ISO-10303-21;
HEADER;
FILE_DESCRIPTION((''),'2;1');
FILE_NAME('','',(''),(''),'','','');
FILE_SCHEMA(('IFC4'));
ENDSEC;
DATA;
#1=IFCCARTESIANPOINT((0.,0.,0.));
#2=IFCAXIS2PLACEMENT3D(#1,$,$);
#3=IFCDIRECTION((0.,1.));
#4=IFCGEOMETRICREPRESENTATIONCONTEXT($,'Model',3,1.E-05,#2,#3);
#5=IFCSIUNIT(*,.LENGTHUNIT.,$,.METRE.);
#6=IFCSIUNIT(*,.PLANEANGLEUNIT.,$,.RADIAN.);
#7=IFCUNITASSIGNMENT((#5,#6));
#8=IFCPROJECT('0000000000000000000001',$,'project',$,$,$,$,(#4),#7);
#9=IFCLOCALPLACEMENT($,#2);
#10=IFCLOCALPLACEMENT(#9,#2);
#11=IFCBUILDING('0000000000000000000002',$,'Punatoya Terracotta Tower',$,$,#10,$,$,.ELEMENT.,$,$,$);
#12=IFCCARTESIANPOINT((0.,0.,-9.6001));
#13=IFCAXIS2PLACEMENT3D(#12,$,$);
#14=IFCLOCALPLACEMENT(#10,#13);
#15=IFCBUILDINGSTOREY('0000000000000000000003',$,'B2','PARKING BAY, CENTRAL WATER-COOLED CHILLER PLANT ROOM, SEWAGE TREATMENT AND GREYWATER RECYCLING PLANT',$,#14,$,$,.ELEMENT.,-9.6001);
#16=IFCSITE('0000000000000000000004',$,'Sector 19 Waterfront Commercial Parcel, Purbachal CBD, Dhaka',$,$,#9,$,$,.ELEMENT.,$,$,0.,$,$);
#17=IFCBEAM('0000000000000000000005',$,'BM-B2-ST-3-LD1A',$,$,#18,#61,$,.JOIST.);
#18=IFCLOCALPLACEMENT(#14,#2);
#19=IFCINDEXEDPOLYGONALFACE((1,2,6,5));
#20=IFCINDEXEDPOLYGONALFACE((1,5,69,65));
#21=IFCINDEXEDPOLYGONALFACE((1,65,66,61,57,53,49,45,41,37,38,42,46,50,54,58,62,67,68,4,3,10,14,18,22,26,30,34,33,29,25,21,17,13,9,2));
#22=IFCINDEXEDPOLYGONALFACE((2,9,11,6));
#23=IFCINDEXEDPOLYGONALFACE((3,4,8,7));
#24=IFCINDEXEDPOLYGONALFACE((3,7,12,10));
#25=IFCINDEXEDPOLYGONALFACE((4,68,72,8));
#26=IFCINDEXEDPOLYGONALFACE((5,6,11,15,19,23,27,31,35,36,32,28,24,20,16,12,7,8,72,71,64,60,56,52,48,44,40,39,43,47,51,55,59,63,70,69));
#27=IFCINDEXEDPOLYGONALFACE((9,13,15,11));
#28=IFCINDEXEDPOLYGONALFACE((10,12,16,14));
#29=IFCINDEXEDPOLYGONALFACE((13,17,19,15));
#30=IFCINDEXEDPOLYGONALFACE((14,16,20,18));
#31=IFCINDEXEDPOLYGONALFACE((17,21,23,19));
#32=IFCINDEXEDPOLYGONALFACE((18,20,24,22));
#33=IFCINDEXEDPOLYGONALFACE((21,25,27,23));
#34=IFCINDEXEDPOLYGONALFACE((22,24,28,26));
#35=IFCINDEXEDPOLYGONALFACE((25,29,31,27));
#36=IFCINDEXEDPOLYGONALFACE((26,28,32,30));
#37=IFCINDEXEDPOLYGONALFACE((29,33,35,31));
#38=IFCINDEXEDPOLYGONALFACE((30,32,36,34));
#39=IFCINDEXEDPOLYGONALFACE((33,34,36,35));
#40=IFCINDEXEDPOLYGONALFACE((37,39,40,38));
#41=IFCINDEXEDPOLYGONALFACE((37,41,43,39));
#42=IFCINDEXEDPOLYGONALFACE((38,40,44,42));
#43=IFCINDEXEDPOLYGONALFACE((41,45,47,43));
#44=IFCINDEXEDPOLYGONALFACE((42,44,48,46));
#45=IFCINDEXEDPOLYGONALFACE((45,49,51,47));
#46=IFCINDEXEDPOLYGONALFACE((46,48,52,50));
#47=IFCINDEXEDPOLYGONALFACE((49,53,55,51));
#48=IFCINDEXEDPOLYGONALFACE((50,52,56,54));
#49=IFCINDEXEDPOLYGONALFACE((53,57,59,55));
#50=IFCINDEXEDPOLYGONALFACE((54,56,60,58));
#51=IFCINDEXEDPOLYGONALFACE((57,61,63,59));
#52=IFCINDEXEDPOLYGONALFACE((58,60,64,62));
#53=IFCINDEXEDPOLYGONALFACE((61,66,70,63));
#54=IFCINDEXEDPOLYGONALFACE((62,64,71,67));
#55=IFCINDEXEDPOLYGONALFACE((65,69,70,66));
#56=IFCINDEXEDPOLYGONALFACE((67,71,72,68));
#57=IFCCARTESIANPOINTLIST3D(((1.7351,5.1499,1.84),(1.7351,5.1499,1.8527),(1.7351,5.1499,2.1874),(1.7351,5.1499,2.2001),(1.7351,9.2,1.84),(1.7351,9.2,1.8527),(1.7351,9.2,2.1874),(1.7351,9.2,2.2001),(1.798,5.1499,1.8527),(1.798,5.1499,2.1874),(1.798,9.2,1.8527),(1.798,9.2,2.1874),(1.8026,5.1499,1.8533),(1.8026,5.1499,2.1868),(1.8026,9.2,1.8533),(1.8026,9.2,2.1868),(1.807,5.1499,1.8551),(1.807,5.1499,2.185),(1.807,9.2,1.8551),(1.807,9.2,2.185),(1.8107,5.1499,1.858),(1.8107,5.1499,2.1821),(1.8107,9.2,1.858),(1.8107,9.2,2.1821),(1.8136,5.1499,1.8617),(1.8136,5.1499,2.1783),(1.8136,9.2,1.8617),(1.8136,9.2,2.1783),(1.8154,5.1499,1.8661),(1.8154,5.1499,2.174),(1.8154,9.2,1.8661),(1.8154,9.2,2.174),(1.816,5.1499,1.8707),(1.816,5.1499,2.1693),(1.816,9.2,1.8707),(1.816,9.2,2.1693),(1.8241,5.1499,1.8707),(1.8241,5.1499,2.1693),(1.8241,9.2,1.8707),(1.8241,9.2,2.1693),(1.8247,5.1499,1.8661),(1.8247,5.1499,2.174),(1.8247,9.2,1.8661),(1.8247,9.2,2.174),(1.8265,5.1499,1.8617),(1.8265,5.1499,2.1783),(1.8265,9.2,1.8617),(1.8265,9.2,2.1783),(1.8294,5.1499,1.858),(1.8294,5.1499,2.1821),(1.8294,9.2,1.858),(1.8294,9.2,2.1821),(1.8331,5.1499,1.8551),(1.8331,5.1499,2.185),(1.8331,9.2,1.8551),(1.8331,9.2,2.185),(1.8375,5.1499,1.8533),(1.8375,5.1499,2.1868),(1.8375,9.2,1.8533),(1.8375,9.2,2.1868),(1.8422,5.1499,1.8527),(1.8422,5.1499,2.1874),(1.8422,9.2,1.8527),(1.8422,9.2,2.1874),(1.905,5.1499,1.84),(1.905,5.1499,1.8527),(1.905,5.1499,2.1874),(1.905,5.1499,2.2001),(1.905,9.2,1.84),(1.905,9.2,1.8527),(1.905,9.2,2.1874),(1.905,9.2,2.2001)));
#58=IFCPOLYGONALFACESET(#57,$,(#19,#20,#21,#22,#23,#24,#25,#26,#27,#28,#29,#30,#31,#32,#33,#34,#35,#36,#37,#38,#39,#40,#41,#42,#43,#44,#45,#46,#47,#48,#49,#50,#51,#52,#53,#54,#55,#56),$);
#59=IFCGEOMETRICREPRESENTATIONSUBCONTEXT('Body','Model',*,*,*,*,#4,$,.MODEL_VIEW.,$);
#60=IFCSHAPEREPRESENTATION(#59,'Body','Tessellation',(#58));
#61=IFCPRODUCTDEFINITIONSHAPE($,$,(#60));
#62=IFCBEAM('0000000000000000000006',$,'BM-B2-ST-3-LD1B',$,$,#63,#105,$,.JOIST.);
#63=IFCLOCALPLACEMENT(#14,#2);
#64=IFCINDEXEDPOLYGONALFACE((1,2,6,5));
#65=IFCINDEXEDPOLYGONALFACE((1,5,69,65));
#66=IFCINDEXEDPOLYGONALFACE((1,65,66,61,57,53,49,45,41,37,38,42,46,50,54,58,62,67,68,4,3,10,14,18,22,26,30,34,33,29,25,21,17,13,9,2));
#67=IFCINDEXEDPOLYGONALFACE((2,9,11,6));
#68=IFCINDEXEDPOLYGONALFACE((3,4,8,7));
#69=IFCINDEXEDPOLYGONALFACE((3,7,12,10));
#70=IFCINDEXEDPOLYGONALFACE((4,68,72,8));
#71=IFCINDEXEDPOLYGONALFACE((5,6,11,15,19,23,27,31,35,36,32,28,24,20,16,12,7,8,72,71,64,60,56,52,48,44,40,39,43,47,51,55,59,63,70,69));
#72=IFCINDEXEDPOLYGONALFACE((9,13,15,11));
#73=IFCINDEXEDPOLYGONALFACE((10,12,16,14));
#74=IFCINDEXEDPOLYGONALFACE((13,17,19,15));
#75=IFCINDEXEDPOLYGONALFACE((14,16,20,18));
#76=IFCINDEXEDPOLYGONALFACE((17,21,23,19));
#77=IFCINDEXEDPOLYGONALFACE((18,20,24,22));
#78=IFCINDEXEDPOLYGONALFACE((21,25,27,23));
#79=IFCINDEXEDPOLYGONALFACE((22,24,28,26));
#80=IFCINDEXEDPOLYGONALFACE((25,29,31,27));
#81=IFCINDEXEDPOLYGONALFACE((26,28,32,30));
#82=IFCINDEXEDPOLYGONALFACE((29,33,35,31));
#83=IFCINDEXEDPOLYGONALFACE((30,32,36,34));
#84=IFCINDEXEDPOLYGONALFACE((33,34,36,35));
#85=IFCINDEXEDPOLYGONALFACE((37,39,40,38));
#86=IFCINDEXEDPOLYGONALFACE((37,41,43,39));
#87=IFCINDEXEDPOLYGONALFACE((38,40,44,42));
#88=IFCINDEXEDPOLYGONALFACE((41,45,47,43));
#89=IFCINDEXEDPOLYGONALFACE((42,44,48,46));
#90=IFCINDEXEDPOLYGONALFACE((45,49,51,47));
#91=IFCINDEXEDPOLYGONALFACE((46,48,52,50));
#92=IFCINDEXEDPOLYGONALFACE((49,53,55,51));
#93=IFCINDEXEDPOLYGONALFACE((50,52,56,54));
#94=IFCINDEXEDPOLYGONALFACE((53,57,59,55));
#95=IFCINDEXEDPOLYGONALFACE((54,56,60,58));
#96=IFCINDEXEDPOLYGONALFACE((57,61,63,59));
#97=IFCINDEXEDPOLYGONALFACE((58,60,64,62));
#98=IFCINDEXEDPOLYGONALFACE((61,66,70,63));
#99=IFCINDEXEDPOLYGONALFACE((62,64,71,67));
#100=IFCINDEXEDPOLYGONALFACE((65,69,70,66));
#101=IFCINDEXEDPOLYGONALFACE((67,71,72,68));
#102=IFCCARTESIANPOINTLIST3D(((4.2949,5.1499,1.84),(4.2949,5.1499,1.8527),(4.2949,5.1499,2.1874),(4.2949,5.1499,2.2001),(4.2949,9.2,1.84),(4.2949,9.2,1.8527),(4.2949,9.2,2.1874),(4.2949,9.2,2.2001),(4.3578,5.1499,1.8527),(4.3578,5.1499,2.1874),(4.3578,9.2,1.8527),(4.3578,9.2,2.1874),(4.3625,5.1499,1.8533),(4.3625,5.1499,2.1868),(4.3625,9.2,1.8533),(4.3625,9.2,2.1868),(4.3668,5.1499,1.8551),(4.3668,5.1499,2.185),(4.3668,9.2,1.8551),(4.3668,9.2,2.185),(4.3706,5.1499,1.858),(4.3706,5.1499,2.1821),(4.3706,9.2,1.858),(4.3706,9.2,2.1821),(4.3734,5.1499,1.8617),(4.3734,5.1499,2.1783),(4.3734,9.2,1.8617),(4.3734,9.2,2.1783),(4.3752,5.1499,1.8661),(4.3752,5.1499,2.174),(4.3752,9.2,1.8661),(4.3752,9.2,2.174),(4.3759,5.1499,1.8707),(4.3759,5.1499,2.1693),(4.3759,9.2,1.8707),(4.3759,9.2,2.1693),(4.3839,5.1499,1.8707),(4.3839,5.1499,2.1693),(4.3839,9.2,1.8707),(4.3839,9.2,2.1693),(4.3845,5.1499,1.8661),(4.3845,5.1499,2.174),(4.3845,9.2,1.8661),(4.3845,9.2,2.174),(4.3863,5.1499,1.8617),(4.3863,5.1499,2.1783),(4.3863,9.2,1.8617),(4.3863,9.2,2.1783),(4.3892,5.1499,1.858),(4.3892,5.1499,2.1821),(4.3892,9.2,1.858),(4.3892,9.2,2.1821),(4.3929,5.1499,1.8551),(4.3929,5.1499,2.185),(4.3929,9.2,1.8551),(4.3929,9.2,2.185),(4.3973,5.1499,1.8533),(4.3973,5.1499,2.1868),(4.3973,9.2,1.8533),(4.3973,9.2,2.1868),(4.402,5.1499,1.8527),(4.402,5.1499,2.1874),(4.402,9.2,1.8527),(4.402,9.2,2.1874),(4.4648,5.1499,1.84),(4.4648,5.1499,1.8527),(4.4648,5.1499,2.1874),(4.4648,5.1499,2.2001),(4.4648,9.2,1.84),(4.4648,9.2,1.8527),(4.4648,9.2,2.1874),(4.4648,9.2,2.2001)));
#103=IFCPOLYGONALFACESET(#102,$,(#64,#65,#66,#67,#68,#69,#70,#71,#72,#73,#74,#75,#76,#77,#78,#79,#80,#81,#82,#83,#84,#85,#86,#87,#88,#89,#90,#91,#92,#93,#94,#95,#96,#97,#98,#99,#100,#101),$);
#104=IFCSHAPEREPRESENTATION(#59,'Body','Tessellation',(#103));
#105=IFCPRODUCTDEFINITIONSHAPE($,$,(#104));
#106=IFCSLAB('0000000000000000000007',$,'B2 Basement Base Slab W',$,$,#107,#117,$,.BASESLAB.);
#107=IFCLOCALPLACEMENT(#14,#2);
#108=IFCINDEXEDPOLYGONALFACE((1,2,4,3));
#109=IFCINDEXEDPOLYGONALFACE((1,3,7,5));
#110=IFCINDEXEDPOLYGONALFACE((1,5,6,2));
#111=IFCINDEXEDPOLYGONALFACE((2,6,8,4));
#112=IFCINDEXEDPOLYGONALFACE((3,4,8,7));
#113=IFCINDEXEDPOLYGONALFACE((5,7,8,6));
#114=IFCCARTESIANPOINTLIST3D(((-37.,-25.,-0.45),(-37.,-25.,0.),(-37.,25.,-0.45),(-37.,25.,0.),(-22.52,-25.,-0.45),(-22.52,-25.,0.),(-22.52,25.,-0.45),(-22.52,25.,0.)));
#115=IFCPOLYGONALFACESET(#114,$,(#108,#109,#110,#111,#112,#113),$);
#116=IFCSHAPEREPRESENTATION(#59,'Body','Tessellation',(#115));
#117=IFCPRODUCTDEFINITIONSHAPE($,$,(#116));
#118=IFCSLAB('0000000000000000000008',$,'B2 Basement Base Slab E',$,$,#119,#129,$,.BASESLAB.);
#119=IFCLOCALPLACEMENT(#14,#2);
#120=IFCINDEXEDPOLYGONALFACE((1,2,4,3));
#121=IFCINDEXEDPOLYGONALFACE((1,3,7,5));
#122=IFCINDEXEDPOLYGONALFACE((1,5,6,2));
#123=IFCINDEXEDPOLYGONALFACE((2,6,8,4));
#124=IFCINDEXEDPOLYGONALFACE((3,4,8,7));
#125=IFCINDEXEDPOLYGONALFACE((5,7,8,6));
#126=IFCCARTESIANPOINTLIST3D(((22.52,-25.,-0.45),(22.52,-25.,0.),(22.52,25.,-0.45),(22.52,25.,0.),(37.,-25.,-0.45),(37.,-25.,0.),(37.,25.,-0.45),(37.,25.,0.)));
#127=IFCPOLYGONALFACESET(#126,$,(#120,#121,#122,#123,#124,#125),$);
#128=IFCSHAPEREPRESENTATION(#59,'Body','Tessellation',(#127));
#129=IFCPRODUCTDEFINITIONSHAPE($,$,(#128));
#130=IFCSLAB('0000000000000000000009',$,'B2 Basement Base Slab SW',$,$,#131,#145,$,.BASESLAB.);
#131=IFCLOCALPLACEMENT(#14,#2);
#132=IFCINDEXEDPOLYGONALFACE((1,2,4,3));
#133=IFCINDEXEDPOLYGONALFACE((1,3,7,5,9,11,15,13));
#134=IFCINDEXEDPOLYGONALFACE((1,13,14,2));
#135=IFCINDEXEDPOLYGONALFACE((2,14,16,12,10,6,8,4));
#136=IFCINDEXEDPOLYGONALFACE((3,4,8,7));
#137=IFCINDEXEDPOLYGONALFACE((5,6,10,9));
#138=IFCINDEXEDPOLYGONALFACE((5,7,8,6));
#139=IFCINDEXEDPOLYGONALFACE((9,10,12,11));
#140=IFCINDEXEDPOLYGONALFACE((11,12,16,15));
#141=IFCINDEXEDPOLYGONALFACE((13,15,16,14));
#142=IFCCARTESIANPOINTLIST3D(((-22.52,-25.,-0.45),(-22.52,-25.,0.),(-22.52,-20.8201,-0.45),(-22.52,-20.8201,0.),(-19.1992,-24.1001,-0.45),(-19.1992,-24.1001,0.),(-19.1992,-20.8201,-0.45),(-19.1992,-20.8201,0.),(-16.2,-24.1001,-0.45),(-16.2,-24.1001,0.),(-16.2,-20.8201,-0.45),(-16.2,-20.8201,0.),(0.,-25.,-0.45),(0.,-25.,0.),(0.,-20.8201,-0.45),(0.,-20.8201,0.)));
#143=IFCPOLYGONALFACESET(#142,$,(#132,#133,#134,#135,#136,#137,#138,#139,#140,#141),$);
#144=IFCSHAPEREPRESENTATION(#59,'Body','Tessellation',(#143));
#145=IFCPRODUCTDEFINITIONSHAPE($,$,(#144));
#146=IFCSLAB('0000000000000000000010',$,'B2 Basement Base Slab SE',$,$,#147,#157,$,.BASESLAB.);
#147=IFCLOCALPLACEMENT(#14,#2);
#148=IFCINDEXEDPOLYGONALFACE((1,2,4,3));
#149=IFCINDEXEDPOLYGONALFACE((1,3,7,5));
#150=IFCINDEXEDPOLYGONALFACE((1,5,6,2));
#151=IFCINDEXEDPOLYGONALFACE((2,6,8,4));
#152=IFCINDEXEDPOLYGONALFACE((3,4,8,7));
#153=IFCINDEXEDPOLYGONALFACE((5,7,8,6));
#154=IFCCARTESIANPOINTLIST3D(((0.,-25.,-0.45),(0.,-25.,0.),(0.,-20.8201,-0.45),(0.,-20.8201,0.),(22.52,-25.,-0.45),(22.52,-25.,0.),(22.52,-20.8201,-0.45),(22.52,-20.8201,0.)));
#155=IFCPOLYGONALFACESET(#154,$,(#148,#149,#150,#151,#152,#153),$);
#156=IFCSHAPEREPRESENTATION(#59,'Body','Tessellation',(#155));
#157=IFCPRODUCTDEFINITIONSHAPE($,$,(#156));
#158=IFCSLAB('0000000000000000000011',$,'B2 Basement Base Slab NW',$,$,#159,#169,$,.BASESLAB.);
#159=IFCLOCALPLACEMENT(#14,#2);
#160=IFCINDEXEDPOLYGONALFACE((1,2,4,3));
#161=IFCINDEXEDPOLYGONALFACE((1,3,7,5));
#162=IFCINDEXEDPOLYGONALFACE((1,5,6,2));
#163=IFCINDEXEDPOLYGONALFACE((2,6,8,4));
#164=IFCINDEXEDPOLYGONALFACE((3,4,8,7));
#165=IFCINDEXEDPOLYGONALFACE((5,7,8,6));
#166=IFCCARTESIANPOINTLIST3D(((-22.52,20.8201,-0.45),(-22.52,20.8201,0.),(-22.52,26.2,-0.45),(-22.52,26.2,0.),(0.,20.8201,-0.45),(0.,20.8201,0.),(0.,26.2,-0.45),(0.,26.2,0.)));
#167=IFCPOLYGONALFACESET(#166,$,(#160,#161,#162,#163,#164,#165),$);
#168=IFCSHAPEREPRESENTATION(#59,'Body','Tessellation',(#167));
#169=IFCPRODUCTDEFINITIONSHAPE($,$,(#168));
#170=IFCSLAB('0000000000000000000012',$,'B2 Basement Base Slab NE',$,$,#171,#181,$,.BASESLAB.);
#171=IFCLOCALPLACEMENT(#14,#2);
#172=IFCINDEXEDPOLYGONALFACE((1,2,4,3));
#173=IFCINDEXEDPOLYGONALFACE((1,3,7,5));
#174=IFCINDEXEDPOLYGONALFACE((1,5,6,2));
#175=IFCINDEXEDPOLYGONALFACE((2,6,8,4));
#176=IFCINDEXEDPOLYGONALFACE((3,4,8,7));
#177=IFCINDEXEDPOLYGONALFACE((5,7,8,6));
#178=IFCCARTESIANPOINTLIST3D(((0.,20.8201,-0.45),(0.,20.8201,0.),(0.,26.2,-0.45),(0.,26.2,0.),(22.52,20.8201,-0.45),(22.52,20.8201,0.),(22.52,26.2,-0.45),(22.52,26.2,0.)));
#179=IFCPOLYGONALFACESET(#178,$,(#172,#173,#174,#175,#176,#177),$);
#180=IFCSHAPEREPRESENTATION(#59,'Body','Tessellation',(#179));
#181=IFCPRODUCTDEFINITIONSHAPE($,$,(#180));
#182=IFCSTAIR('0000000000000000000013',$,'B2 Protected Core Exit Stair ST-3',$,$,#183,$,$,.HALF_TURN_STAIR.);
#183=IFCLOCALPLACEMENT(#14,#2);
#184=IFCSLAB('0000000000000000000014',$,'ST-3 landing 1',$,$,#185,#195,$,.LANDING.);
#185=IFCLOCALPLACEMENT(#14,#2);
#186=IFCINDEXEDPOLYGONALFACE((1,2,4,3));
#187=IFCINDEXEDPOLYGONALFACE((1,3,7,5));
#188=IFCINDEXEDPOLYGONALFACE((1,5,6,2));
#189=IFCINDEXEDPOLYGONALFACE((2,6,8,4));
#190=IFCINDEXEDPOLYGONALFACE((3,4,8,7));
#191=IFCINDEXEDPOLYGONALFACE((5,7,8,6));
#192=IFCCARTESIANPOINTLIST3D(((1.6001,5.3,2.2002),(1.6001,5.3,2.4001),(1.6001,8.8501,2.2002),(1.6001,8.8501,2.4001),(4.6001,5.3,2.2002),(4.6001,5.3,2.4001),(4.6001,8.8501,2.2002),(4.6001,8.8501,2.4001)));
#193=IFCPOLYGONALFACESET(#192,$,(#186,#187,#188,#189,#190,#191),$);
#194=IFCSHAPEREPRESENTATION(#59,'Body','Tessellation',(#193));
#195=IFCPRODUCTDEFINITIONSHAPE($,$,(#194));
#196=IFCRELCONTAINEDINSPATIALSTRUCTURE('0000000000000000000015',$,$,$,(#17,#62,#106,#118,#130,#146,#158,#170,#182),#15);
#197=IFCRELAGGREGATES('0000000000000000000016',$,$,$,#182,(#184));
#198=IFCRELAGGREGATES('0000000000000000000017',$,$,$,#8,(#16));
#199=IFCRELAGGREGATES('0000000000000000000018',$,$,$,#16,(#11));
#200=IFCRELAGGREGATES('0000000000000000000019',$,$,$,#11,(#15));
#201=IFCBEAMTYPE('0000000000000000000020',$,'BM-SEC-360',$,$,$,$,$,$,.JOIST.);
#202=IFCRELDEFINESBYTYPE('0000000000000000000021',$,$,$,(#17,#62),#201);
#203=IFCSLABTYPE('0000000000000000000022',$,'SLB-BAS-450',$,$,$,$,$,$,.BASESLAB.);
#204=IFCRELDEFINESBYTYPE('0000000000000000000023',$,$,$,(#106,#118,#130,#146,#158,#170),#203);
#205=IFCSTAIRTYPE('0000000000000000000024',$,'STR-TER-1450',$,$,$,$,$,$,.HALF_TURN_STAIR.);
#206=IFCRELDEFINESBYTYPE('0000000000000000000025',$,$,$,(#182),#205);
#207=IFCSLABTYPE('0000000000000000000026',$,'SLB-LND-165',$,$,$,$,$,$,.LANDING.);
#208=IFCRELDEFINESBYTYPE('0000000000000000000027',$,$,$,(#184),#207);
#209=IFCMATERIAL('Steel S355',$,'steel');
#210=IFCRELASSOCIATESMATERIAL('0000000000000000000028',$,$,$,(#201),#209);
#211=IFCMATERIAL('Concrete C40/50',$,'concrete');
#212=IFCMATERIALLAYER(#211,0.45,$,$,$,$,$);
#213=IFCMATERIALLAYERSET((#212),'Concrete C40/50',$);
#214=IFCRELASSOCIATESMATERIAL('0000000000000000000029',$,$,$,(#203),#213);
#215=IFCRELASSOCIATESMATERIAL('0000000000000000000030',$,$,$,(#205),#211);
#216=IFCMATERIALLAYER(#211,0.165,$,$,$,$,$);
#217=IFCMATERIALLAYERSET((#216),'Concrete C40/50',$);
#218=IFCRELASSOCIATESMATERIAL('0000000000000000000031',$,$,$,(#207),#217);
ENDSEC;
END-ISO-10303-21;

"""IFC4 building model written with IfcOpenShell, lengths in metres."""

from ifc_helpers import new_model, si_unit, direction, frame, origin, origin_2d, place, context, subcontext, project, spatial, polyline, i_section, outline, extrude, material, layer, layer_set, material_profile, profile_set, type_object, element, aggregate, save


model = new_model("IFC4")

# Units and contexts
model_context = context("Model", 3, precision=1e-05, world=origin(), true_north=direction((0.0, 1.0)))
body_context = subcontext(model_context, "Body", "Model", "MODEL_VIEW")
ifc_project = project(units=[si_unit("LENGTHUNIT", "METRE"), si_unit("PLANEANGLEUNIT", "RADIAN")], contexts=[model_context])

# Site, building, storey
site_placement = place(None, origin())
site = spatial("IfcSite", under=ifc_project, at=site_placement, Name="Sector 19 Waterfront Commercial Parcel, Purbachal CBD, Dhaka", CompositionType="ELEMENT", RefElevation=0.0)
building_placement = place(site_placement, origin())
building = spatial("IfcBuilding", under=site, at=building_placement, Name="Punatoya Terracotta Tower", CompositionType="ELEMENT")
storey_placement = place(building_placement, frame((0.0, 0.0, -9.6001)))
storey = spatial("IfcBuildingStorey", under=building, at=storey_placement, Name="B2", Description="PARKING BAY, CENTRAL WATER-COOLED CHILLER PLANT ROOM, SEWAGE TREATMENT AND GREYWATER RECYCLING PLANT", CompositionType="ELEMENT", Elevation=-9.6001)

# Beams
ifc_material_1 = material(Name="Steel S355", Category="steel")
ifc_material_profile_1 = material_profile(ifc_material_1, i_section(OverallWidth=0.1699, OverallDepth=0.3601, WebThickness=0.0081, FlangeThickness=0.0127, FilletRadius=0.0181, at=origin_2d()))
ifc_profile_set_1 = profile_set([ifc_material_profile_1], Name="Steel S355")
beam_type = type_object("IfcBeamType", Name="BM-SEC-360", PredefinedType="JOIST", material=ifc_profile_set_1)
for number, where, z_axis, x_axis, name in (
    (1, (1.8201, 5.1499, 2.02), (0.0, 1.0, 0.0), (-1.0, 0.0, 0.0), "BM-B2-ST-3-LD1A"),
    (2, (4.3799, 5.1499, 2.02), (0.0, 1.0, 0.0), (-1.0, 0.0, 0.0), "BM-B2-ST-3-LD1B"),
):
    element("IfcBeam", number, at=place(storey_placement, frame(where, z_axis=z_axis, x_axis=x_axis)), inside=storey, type_object=beam_type, Name=name, PredefinedType="JOIST", context=body_context, shape_type="SweptSolid", body=[
        extrude(i_section(OverallWidth=0.1699, OverallDepth=0.3601, WebThickness=0.0081, FlangeThickness=0.0127, FilletRadius=0.0181, at=origin_2d()), origin(), (0.0, 0.0, 1.0), 4.05),
    ])

# Slabs
ifc_material_2 = material(Name="Concrete C40/50", Category="concrete")
ifc_layer_1 = layer(ifc_material_2, 0.45)
ifc_layer_set_1 = layer_set([ifc_layer_1], Name="Concrete C40/50")
slab_type_1 = type_object("IfcSlabType", Name="SLB-BAS-450", PredefinedType="BASESLAB", material=ifc_layer_set_1)
slab_1_placement = place(storey_placement, frame((0.0, 0.0, -0.45)))
element("IfcSlab", 3, at=slab_1_placement, inside=storey, type_object=slab_type_1, Name="B2 Basement Base Slab W", PredefinedType="BASESLAB", context=body_context, shape_type="SweptSolid", body=[
    extrude(outline(polyline([(-37.0, -25.0), (-22.52, -25.0), (-22.52, 25.0), (-37.0, 25.0), (-37.0, -25.0)])), origin(), (0.0, 0.0, 1.0), 0.45),
])
slab_2_placement = place(storey_placement, frame((0.0, 0.0, -0.45)))
element("IfcSlab", 4, at=slab_2_placement, inside=storey, type_object=slab_type_1, Name="B2 Basement Base Slab E", PredefinedType="BASESLAB", context=body_context, shape_type="SweptSolid", body=[
    extrude(outline(polyline([(22.52, -25.0), (37.0, -25.0), (37.0, 25.0), (22.52, 25.0), (22.52, -25.0)])), origin(), (0.0, 0.0, 1.0), 0.45),
])
slab_3_placement = place(storey_placement, frame((0.0, 0.0, -0.45)))
element("IfcSlab", 5, at=slab_3_placement, inside=storey, type_object=slab_type_1, Name="B2 Basement Base Slab SW", PredefinedType="BASESLAB", context=body_context, shape_type="SweptSolid", body=[
    extrude(outline(polyline([(0.0, -20.8201), (0.0, -25.0), (-22.52, -25.0), (-22.52, -20.8201), (-19.1992, -20.8201), (-19.1992, -24.1001), (-16.2, -24.1001), (-16.2, -20.8201), (0.0, -20.8201)])), origin(), (0.0, 0.0, 1.0), 0.45),
])
slab_4_placement = place(storey_placement, frame((0.0, 0.0, -0.45)))
element("IfcSlab", 6, at=slab_4_placement, inside=storey, type_object=slab_type_1, Name="B2 Basement Base Slab SE", PredefinedType="BASESLAB", context=body_context, shape_type="SweptSolid", body=[
    extrude(outline(polyline([(0.0, -25.0), (22.52, -25.0), (22.52, -20.8201), (0.0, -20.8201), (0.0, -25.0)])), origin(), (0.0, 0.0, 1.0), 0.45),
])
slab_5_placement = place(storey_placement, frame((0.0, 0.0, -0.45)))
element("IfcSlab", 7, at=slab_5_placement, inside=storey, type_object=slab_type_1, Name="B2 Basement Base Slab NW", PredefinedType="BASESLAB", context=body_context, shape_type="SweptSolid", body=[
    extrude(outline(polyline([(-22.52, 20.8201), (0.0, 20.8201), (0.0, 26.2), (-22.52, 26.2), (-22.52, 20.8201)])), origin(), (0.0, 0.0, 1.0), 0.45),
])
slab_6_placement = place(storey_placement, frame((0.0, 0.0, -0.45)))
element("IfcSlab", 8, at=slab_6_placement, inside=storey, type_object=slab_type_1, Name="B2 Basement Base Slab NE", PredefinedType="BASESLAB", context=body_context, shape_type="SweptSolid", body=[
    extrude(outline(polyline([(0.0, 20.8201), (22.52, 20.8201), (22.52, 26.2), (0.0, 26.2), (0.0, 20.8201)])), origin(), (0.0, 0.0, 1.0), 0.45),
])

# Stair, slab
stair_type_1 = type_object("IfcStairType", Name="STR-TER-1450", PredefinedType="HALF_TURN_STAIR", material=ifc_material_2)
stair_1_placement = place(storey_placement, origin())
stair_1 = element("IfcStair", 9, at=stair_1_placement, inside=storey, type_object=stair_type_1, Name="B2 Protected Core Exit Stair ST-3", PredefinedType="HALF_TURN_STAIR")
ifc_layer_2 = layer(ifc_material_2, 0.165)
ifc_layer_set_2 = layer_set([ifc_layer_2], Name="Concrete C40/50")
slab_type_2 = type_object("IfcSlabType", Name="SLB-LND-165", PredefinedType="LANDING", material=ifc_layer_set_2)
slab_7_placement = place(storey_placement, frame((0.0, 0.0, 2.2002)))
slab_7 = element("IfcSlab", 10, at=slab_7_placement, type_object=slab_type_2, Name="ST-3 landing 1", PredefinedType="LANDING", context=body_context, shape_type="SweptSolid", body=[
    extrude(outline(polyline([(1.6001, 5.3), (4.6001, 5.3), (4.6001, 8.8501), (1.6001, 8.8501), (1.6001, 5.3)])), origin(), (0.0, 0.0, 1.0), 0.2),
])
aggregate(stair_1, [slab_7])

save(model, "model.ifc")
